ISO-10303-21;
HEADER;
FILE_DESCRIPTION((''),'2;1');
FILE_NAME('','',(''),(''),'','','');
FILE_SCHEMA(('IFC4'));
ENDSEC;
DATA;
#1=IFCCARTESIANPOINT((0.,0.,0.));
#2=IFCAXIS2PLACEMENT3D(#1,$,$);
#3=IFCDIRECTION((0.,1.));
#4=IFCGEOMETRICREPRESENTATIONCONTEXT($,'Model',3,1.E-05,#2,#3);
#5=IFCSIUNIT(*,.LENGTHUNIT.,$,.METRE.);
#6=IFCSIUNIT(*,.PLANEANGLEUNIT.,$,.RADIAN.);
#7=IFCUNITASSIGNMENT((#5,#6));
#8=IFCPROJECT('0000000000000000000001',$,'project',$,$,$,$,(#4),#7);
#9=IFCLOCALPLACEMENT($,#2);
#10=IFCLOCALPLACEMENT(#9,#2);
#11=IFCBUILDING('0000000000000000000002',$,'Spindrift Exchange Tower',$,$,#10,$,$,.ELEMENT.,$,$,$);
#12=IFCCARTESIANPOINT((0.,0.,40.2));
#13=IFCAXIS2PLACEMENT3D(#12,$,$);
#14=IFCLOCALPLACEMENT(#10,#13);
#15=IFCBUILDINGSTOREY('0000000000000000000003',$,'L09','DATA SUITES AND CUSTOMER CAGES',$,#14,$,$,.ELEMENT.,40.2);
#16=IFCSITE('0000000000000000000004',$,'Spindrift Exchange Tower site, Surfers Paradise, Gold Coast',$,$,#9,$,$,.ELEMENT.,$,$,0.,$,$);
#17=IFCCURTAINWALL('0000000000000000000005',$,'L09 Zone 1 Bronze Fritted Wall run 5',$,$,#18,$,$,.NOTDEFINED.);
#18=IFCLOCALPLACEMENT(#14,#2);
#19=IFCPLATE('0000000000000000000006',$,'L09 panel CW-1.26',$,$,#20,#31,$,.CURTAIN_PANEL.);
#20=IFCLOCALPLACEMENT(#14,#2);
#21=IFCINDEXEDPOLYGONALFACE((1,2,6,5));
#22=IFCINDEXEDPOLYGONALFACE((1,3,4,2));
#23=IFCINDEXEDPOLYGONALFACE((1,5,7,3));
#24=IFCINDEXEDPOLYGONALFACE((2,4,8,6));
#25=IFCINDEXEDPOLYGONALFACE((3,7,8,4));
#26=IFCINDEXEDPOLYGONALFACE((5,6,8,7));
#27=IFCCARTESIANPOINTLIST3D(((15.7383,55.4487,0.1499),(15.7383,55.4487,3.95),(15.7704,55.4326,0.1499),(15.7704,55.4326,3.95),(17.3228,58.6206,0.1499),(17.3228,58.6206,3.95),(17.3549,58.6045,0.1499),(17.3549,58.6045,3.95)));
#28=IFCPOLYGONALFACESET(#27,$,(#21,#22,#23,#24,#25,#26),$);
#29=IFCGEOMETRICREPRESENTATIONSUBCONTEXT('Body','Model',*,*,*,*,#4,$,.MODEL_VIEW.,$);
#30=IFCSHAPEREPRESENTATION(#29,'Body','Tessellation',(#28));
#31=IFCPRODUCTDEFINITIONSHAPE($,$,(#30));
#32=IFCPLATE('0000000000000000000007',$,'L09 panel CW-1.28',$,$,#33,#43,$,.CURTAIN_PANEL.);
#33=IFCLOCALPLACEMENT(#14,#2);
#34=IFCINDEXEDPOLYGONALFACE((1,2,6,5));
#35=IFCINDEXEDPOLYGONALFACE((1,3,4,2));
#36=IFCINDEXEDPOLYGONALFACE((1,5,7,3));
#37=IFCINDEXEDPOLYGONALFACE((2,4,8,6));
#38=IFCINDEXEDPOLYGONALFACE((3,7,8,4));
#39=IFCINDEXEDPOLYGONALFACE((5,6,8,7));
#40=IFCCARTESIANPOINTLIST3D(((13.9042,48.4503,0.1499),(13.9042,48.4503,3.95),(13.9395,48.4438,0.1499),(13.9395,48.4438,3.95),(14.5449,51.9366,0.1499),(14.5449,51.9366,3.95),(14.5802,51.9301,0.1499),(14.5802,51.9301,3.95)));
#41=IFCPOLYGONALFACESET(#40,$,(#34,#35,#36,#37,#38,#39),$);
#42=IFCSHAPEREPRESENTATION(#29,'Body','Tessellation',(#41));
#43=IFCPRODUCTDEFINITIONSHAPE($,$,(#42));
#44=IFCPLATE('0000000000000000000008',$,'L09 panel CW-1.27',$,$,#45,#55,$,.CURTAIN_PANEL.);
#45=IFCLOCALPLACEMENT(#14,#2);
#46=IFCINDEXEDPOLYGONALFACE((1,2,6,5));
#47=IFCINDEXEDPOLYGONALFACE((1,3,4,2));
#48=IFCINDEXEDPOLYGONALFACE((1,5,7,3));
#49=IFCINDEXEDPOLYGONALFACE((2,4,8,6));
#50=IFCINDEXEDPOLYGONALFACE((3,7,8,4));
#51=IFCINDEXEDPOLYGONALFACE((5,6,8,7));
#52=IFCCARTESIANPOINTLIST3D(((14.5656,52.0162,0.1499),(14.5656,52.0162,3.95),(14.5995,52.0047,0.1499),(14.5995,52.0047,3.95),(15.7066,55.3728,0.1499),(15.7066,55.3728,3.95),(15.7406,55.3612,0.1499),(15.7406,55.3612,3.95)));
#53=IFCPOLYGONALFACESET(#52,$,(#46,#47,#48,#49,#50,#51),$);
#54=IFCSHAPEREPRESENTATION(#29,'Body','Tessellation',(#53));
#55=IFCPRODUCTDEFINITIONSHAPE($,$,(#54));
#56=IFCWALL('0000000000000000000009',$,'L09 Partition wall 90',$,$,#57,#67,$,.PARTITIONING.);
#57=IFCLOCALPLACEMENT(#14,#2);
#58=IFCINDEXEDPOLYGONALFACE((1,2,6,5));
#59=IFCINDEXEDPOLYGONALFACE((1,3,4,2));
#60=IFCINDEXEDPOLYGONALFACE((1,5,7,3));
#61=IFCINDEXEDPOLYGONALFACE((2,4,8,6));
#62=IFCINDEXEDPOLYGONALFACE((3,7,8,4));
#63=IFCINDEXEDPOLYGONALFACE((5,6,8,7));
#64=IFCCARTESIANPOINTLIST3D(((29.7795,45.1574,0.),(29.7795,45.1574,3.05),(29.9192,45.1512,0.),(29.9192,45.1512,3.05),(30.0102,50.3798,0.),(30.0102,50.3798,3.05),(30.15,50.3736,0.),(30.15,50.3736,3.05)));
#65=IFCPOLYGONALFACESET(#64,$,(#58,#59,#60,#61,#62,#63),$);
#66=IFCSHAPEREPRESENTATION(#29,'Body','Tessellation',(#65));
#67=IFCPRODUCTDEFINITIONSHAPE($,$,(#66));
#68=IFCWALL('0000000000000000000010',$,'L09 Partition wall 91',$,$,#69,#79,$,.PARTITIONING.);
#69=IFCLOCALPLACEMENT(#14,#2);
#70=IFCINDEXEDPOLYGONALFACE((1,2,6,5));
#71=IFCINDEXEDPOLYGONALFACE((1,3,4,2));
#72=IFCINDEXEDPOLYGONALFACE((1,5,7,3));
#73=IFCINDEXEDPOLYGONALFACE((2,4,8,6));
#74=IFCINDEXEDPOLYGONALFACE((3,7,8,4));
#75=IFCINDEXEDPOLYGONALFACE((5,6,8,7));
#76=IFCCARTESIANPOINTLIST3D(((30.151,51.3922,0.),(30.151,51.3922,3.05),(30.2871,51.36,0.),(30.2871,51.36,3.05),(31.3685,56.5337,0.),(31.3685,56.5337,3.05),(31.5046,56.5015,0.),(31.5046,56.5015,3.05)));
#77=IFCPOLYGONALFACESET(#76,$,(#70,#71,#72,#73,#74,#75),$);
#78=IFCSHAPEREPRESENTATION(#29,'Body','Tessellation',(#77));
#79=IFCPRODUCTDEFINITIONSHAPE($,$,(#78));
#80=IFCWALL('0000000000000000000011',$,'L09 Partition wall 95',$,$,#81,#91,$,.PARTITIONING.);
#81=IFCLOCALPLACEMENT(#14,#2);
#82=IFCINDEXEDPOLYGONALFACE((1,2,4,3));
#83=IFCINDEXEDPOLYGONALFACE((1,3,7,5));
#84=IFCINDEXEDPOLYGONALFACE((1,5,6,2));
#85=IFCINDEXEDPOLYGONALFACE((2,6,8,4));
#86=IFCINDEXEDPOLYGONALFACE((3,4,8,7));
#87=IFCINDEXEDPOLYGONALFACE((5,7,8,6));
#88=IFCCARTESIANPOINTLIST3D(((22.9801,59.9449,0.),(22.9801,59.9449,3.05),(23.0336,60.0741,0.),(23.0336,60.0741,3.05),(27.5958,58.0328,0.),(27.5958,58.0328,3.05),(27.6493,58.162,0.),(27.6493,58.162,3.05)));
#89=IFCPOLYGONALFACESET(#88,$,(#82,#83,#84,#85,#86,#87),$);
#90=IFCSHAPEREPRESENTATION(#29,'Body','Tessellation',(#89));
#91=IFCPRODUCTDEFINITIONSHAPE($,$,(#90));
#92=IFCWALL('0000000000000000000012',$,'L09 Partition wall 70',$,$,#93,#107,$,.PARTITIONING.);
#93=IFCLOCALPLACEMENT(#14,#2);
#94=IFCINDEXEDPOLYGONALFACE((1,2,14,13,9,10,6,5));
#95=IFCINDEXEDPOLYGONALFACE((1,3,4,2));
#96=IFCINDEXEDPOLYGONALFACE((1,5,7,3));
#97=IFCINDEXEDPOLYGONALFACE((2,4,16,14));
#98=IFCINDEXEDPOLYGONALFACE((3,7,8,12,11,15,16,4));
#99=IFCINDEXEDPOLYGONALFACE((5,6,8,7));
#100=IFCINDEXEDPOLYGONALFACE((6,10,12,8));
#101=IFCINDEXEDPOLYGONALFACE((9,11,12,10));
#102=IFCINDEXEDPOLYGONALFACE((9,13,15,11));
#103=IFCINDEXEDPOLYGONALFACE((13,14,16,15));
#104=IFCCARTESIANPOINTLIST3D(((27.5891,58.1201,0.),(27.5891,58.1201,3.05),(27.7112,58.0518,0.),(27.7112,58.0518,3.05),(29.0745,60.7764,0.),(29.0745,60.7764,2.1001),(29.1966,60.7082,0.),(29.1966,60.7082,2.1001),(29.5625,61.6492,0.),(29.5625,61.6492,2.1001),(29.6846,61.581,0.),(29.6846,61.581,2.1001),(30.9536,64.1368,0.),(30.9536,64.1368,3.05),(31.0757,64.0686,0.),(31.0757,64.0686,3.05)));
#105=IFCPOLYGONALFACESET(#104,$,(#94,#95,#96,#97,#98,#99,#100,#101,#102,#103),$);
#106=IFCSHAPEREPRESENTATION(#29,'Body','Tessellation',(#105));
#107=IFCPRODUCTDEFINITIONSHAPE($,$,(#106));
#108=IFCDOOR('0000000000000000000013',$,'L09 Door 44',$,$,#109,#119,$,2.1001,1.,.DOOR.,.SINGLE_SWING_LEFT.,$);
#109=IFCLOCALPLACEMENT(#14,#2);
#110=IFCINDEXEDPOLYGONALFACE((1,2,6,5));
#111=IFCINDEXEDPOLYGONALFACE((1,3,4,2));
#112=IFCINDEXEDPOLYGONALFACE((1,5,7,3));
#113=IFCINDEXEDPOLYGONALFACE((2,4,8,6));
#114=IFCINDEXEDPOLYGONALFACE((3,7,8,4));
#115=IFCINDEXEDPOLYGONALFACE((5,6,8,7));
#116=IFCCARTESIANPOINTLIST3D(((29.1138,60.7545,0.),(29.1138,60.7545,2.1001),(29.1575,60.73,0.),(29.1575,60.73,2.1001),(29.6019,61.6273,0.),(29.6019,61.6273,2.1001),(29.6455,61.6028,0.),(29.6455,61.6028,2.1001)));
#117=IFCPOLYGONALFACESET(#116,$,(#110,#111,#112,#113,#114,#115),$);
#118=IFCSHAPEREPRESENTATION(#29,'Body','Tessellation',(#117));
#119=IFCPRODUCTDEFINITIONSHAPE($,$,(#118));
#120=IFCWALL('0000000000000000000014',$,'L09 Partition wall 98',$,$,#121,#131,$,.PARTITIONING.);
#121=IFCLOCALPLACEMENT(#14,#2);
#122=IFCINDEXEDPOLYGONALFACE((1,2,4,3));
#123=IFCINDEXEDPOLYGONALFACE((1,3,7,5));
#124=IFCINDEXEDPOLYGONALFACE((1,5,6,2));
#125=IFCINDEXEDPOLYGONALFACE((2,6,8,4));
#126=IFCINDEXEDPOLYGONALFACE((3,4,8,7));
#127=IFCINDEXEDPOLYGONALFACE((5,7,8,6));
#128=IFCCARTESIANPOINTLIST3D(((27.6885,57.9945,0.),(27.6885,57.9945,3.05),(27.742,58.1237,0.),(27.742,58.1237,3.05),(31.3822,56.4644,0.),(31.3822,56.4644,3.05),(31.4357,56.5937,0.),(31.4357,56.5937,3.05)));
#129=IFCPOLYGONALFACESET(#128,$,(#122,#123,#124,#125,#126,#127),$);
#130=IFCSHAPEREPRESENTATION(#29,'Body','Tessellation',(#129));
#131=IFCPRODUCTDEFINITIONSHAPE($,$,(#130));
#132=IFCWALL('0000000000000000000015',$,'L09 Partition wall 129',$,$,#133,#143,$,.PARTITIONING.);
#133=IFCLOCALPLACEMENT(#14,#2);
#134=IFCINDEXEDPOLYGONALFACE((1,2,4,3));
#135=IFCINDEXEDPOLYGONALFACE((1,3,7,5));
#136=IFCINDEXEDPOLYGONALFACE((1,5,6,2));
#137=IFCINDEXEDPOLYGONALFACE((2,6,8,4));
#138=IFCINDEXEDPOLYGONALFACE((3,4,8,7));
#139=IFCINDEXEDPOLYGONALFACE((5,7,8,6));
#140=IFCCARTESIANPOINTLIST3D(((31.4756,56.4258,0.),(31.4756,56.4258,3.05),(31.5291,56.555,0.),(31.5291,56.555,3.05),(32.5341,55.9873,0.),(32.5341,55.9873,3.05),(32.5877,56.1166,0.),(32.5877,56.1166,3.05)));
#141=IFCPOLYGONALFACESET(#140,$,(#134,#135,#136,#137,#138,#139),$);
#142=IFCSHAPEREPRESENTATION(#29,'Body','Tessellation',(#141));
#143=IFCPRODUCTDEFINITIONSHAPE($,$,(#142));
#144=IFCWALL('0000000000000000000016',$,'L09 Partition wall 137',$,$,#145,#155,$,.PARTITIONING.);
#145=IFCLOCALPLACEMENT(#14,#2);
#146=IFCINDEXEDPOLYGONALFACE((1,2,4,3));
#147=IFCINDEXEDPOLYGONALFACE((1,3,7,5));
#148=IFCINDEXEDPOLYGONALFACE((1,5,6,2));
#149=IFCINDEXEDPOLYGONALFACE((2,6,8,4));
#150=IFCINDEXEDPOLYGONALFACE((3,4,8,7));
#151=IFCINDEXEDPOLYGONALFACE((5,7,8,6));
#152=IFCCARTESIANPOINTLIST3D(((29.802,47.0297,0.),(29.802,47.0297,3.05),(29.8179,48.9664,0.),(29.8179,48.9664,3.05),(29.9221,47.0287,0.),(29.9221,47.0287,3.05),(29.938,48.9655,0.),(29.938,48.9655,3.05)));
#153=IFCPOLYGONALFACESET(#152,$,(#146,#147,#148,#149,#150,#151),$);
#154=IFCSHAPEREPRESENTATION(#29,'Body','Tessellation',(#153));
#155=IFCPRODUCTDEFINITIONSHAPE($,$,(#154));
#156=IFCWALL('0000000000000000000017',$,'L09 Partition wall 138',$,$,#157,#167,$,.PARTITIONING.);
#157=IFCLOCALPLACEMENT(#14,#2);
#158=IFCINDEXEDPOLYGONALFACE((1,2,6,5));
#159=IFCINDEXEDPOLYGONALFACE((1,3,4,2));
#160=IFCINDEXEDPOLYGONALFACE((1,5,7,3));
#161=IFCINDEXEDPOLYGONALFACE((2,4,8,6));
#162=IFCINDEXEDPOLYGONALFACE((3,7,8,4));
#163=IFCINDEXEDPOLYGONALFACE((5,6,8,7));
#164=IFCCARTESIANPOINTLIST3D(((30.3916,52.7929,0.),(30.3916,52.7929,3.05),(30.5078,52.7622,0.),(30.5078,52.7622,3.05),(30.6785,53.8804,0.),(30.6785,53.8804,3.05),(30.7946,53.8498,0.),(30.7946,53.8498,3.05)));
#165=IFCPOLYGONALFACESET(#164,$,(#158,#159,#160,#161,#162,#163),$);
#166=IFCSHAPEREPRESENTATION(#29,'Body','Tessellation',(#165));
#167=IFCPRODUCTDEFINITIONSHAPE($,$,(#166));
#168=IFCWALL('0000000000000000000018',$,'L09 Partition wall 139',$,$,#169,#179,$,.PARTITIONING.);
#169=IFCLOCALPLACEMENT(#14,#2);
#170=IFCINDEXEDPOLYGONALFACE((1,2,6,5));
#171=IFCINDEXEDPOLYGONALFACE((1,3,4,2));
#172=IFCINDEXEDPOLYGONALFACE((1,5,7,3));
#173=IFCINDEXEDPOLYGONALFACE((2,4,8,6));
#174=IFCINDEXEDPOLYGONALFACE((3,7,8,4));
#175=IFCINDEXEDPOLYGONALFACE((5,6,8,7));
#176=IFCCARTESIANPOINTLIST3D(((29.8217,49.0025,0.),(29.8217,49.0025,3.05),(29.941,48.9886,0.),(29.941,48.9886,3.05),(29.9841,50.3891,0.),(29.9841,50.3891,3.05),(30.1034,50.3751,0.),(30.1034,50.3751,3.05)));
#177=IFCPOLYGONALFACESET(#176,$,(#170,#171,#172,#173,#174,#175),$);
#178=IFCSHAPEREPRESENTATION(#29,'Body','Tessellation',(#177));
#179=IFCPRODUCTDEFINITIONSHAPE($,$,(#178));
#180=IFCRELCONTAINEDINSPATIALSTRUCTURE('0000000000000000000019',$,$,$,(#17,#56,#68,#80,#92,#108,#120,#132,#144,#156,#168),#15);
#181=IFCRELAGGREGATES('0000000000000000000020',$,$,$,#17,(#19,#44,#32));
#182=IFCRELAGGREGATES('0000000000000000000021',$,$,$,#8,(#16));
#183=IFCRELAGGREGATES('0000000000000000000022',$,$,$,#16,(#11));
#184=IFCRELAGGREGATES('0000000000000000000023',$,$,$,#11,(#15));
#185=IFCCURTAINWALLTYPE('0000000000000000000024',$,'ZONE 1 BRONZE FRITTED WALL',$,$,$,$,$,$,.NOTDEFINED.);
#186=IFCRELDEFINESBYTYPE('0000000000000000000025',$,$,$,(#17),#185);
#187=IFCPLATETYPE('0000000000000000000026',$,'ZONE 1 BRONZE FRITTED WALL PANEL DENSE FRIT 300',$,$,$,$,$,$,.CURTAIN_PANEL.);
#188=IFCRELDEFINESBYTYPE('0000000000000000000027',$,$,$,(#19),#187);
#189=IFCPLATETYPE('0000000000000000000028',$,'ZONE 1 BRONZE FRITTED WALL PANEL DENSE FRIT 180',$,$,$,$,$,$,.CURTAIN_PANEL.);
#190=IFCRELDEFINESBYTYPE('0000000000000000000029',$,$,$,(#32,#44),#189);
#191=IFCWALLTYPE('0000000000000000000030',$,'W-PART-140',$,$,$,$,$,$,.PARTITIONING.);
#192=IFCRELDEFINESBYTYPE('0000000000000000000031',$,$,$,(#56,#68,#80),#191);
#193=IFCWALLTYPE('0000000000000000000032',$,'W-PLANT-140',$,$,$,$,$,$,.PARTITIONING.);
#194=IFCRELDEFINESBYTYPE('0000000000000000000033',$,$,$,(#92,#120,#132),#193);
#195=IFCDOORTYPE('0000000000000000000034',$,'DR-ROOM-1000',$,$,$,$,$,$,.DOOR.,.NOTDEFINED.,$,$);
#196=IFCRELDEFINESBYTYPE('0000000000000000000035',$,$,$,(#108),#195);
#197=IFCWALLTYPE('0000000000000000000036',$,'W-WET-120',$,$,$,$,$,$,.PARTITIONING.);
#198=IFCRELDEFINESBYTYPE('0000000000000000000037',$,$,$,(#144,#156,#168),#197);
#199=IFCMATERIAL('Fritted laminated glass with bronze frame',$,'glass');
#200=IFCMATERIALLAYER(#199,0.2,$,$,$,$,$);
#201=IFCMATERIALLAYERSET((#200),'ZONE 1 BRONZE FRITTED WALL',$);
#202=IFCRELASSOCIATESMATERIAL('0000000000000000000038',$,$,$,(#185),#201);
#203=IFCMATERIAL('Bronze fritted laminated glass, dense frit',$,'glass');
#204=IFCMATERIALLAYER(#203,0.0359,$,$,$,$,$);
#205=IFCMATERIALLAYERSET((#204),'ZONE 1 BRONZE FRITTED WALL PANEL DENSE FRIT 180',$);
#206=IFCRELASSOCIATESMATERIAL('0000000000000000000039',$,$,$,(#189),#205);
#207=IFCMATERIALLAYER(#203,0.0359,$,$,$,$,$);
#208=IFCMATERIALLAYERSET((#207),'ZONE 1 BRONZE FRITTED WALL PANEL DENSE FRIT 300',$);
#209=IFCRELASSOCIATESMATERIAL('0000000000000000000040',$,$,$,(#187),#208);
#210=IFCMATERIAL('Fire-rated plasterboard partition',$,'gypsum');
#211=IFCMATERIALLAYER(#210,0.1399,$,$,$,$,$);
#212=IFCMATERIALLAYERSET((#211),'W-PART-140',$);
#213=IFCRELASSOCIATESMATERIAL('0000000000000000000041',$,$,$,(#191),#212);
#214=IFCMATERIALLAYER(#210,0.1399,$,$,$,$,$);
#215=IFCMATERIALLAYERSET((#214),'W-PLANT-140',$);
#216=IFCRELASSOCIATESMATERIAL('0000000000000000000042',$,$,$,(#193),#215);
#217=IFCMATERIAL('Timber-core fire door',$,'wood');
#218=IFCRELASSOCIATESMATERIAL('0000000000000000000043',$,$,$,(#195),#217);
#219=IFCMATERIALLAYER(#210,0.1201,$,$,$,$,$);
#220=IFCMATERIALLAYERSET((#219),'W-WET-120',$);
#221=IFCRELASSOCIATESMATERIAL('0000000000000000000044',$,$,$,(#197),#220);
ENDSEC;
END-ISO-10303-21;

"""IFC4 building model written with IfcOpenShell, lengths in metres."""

from ifc_helpers import new_model, si_unit, direction, frame, frame_2d, origin, origin_2d, place, context, subcontext, project, spatial, rectangle, extrude, source, transform, mapped, material, layer, layer_set, type_object, element, fill, aggregate, save


model = new_model("IFC4")

# Units and contexts
model_context = context("Model", 3, precision=1e-05, world=origin(), true_north=direction((0.0, 1.0)))
body_context = subcontext(model_context, "Body", "Model", "MODEL_VIEW")
ifc_project = project(units=[si_unit("LENGTHUNIT", "METRE"), si_unit("PLANEANGLEUNIT", "RADIAN")], contexts=[model_context])

# Site, building, storey
site_placement = place(None, origin())
site = spatial("IfcSite", under=ifc_project, at=site_placement, Name="Spindrift Exchange Tower site, Surfers Paradise, Gold Coast", CompositionType="ELEMENT", RefElevation=0.0)
building_placement = place(site_placement, origin())
building = spatial("IfcBuilding", under=site, at=building_placement, Name="Spindrift Exchange Tower", CompositionType="ELEMENT")
storey_placement = place(building_placement, frame((0.0, 0.0, 40.2)))
storey = spatial("IfcBuildingStorey", under=building, at=storey_placement, Name="L09", Description="DATA SUITES AND CUSTOMER CAGES", CompositionType="ELEMENT", Elevation=40.2)

# Curtain wall, plates
ifc_material_1 = material(Name="Fritted laminated glass with bronze frame", Category="glass")
ifc_layer_1 = layer(ifc_material_1, 0.2)
ifc_layer_set_1 = layer_set([ifc_layer_1], Name="ZONE 1 BRONZE FRITTED WALL")
curtain_wall_type = type_object("IfcCurtainWallType", Name="ZONE 1 BRONZE FRITTED WALL", PredefinedType="NOTDEFINED", material=ifc_layer_set_1)
curtain_wall_placement = place(storey_placement, origin())
curtain_wall = element("IfcCurtainWall", 1, at=curtain_wall_placement, inside=storey, type_object=curtain_wall_type, Name="L09 Zone 1 Bronze Fritted Wall run 5", PredefinedType="NOTDEFINED")
ifc_material_2 = material(Name="Bronze fritted laminated glass, dense frit", Category="glass")
ifc_layer_2 = layer(ifc_material_2, 0.0359)
ifc_layer_set_2 = layer_set([ifc_layer_2], Name="ZONE 1 BRONZE FRITTED WALL PANEL DENSE FRIT 180")
plate_type_1 = type_object("IfcPlateType", Name="ZONE 1 BRONZE FRITTED WALL PANEL DENSE FRIT 180", PredefinedType="CURTAIN_PANEL", material=ifc_layer_set_2)
ifc_layer_3 = layer(ifc_material_2, 0.0359)
ifc_layer_set_3 = layer_set([ifc_layer_3], Name="ZONE 1 BRONZE FRITTED WALL PANEL DENSE FRIT 300")
plate_type_2 = type_object("IfcPlateType", Name="ZONE 1 BRONZE FRITTED WALL PANEL DENSE FRIT 300", PredefinedType="CURTAIN_PANEL", material=ifc_layer_set_3)
shared_shape_1 = source(origin(), body_context, "Body", "SweptSolid", [
    extrude(rectangle(XDim=3.5457, YDim=0.0359, at=origin_2d()), origin(), (0.0, 0.0, 1.0), 3.8),
])
plate_1_placement = place(storey_placement, frame((16.5466, 57.0266, 0.1499), z_axis=(0.0, 0.0, 1.0), x_axis=(-0.446894, -0.894587, 0.0)))
plate_1 = element("IfcPlate", 2, at=plate_1_placement, type_object=plate_type_2, Name="L09 panel CW-1.26", PredefinedType="CURTAIN_PANEL", context=body_context, shape_type="MappedRepresentation", body=[
    mapped(shared_shape_1, transform((0.0, 0.0, 0.0), scale=1.0)),
])
shared_shape_2 = source(origin(), body_context, "Body", "SweptSolid", [
    extrude(rectangle(XDim=3.5447, YDim=0.0359, at=origin_2d()), origin(), (0.0, 0.0, 1.0), 3.8),
])
plate_2_placement = place(storey_placement, frame((14.2422, 50.1902, 0.1499), z_axis=(0.0, 0.0, 1.0), x_axis=(-0.180759, -0.983527, 0.0)))
plate_2 = element("IfcPlate", 3, at=plate_2_placement, type_object=plate_type_1, Name="L09 panel CW-1.28", PredefinedType="CURTAIN_PANEL", context=body_context, shape_type="MappedRepresentation", body=[
    mapped(shared_shape_2, transform((0.0, 0.0, 0.0), scale=1.0)),
])
shared_shape_3 = source(origin(), body_context, "Body", "SweptSolid", [
    extrude(rectangle(XDim=3.5452, YDim=0.0359, at=origin_2d()), origin(), (0.0, 0.0, 1.0), 3.8),
])
plate_3_placement = place(storey_placement, frame((15.1531, 53.6887, 0.1499), z_axis=(0.0, 0.0, 1.0), x_axis=(-0.321858, -0.946788, 0.0)))
plate_3 = element("IfcPlate", 4, at=plate_3_placement, type_object=plate_type_1, Name="L09 panel CW-1.27", PredefinedType="CURTAIN_PANEL", context=body_context, shape_type="MappedRepresentation", body=[
    mapped(shared_shape_3, transform((0.0, 0.0, 0.0), scale=1.0)),
])
aggregate(curtain_wall, [plate_1, plate_3, plate_2])

# Walls
ifc_material_3 = material(Name="Fire-rated plasterboard partition", Category="gypsum")
ifc_layer_4 = layer(ifc_material_3, 0.1399)
ifc_layer_set_4 = layer_set([ifc_layer_4], Name="W-PART-140")
wall_type_1 = type_object("IfcWallType", Name="W-PART-140", PredefinedType="PARTITIONING", material=ifc_layer_set_4)
wall_1_placement = place(storey_placement, frame((30.0801, 50.3767, 0.0), z_axis=(0.0, 0.0, 1.0), x_axis=(-0.044134, -0.999026, 0.0)))
element("IfcWall", 5, at=wall_1_placement, inside=storey, type_object=wall_type_1, Name="L09 Partition wall 90", PredefinedType="PARTITIONING", context=body_context, shape_type="SweptSolid", body=[
    extrude(rectangle(XDim=5.2275, YDim=0.1399, at=frame_2d((2.6138, 0.0))), origin(), (0.0, 0.0, 1.0), 3.05),
])
wall_2_placement = place(storey_placement, frame((31.4365, 56.5176, 0.0), z_axis=(0.0, 0.0, 1.0), x_axis=(-0.230427, -0.97309, 0.0)))
element("IfcWall", 6, at=wall_2_placement, inside=storey, type_object=wall_type_1, Name="L09 Partition wall 91", PredefinedType="PARTITIONING", context=body_context, shape_type="SweptSolid", body=[
    extrude(rectangle(XDim=5.2837, YDim=0.1399, at=frame_2d((2.6418, 0.0))), origin(), (0.0, 0.0, 1.0), 3.05),
])
wall_3_placement = place(storey_placement, frame((27.6226, 58.0974, 0.0), z_axis=(0.0, 0.0, 1.0), x_axis=(-0.923864, 0.38272, 0.0)))
element("IfcWall", 7, at=wall_3_placement, inside=storey, type_object=wall_type_1, Name="L09 Partition wall 95", PredefinedType="PARTITIONING", context=body_context, shape_type="SweptSolid", body=[
    extrude(rectangle(XDim=4.9961, YDim=0.1399, at=frame_2d((2.498, 0.0))), origin(), (0.0, 0.0, 1.0), 3.05),
])

# Wall, opening, door
ifc_layer_5 = layer(ifc_material_3, 0.1399)
ifc_layer_set_5 = layer_set([ifc_layer_5], Name="W-PLANT-140")
wall_type_2 = type_object("IfcWallType", Name="W-PLANT-140", PredefinedType="PARTITIONING", material=ifc_layer_set_5)
wall_4_placement = place(storey_placement, frame((27.6501, 58.0859, 0.0), z_axis=(0.0, 0.0, 1.0), x_axis=(0.488059, 0.872811, 0.0)))
wall_4 = element("IfcWall", 8, at=wall_4_placement, inside=storey, type_object=wall_type_2, Name="L09 Partition wall 70", PredefinedType="PARTITIONING", context=body_context, shape_type="SweptSolid", body=[
    extrude(rectangle(XDim=6.8936, YDim=0.1399, at=frame_2d((3.4468, 0.0))), origin(), (0.0, 0.0, 1.0), 3.05),
])
opening_placement = place(wall_4_placement, frame((3.0435, 0.0, 0.0)))
opening = element("IfcOpeningElement", 9, at=opening_placement, cuts=wall_4, PredefinedType="OPENING", context=body_context, shape_type="SweptSolid", body=[
    extrude(rectangle(XDim=1.0, YDim=2.1001, at=frame_2d((0.5, 1.05))), frame((0.0, 0.0798, 0.0), z_axis=(0.0, -1.0, 0.0), x_axis=(1.0, 0.0, 0.0)), (0.0, 0.0, 1.0), 0.1599),
])
ifc_material_4 = material(Name="Timber-core fire door", Category="wood")
door_type = type_object("IfcDoorType", Name="DR-ROOM-1000", OperationType="NOTDEFINED", PredefinedType="DOOR", material=ifc_material_4)
shared_shape_4 = source(origin(), body_context, "Body", "SweptSolid", [
    extrude(rectangle(XDim=1.0, YDim=2.1001, at=frame_2d((0.5, 1.05))), frame((0.0, 0.0249, 0.0), z_axis=(0.0, -1.0, 0.0), x_axis=(1.0, 0.0, 0.0)), (0.0, 0.0, 1.0), 0.05),
])
door_placement = place(opening_placement, origin())
door = element("IfcDoor", 10, at=door_placement, inside=storey, type_object=door_type, Name="L09 Door 44", OperationType="SINGLE_SWING_LEFT", OverallHeight=2.1001, OverallWidth=1.0, PredefinedType="DOOR", context=body_context, shape_type="MappedRepresentation", body=[
    mapped(shared_shape_4, transform((0.0, 0.0, 0.0), scale=1.0)),
])
fill(opening, door)

# Walls
wall_5_placement = place(storey_placement, frame((31.4089, 56.5291, 0.0), z_axis=(0.0, 0.0, 1.0), x_axis=(-0.923872, 0.382702, 0.0)))
element("IfcWall", 11, at=wall_5_placement, inside=storey, type_object=wall_type_2, Name="L09 Partition wall 98", PredefinedType="PARTITIONING", context=body_context, shape_type="SweptSolid", body=[
    extrude(rectangle(XDim=3.998, YDim=0.1399, at=frame_2d((1.999, 0.0))), origin(), (0.0, 0.0, 1.0), 3.05),
])
wall_6_placement = place(storey_placement, frame((32.5608, 56.052, 0.0), z_axis=(0.0, 0.0, 1.0), x_axis=(-0.923882, 0.382678, 0.0)))
element("IfcWall", 12, at=wall_6_placement, inside=storey, type_object=wall_type_2, Name="L09 Partition wall 129", PredefinedType="PARTITIONING", context=body_context, shape_type="SweptSolid", body=[
    extrude(rectangle(XDim=1.1458, YDim=0.1399, at=frame_2d((0.5728, 0.0))), origin(), (0.0, 0.0, 1.0), 3.05),
])
ifc_layer_6 = layer(ifc_material_3, 0.1201)
ifc_layer_set_6 = layer_set([ifc_layer_6], Name="W-WET-120")
wall_type_3 = type_object("IfcWallType", Name="W-WET-120", PredefinedType="PARTITIONING", material=ifc_layer_set_6)
wall_7_placement = place(storey_placement, frame((29.8779, 48.9658, 0.0), z_axis=(0.0, 0.0, 1.0), x_axis=(-0.008193, -0.999966, 0.0)))
element("IfcWall", 13, at=wall_7_placement, inside=storey, type_object=wall_type_3, Name="L09 Partition wall 137", PredefinedType="PARTITIONING", context=body_context, shape_type="SweptSolid", body=[
    extrude(rectangle(XDim=1.9368, YDim=0.1201, at=frame_2d((0.9683, 0.0))), origin(), (0.0, 0.0, 1.0), 3.05),
])
wall_8_placement = place(storey_placement, frame((30.7366, 53.8652, 0.0), z_axis=(0.0, 0.0, 1.0), x_axis=(-0.255027, -0.966934, 0.0)))
element("IfcWall", 14, at=wall_8_placement, inside=storey, type_object=wall_type_3, Name="L09 Partition wall 138", PredefinedType="PARTITIONING", context=body_context, shape_type="SweptSolid", body=[
    extrude(rectangle(XDim=1.1248, YDim=0.1201, at=frame_2d((0.5625, 0.0))), origin(), (0.0, 0.0, 1.0), 3.05),
])
wall_9_placement = place(storey_placement, frame((30.0437, 50.3821, 0.0), z_axis=(0.0, 0.0, 1.0), x_axis=(-0.116303, -0.993214, 0.0)))
element("IfcWall", 15, at=wall_9_placement, inside=storey, type_object=wall_type_3, Name="L09 Partition wall 139", PredefinedType="PARTITIONING", context=body_context, shape_type="SweptSolid", body=[
    extrude(rectangle(XDim=1.396, YDim=0.1201, at=frame_2d((0.698, 0.0))), origin(), (0.0, 0.0, 1.0), 3.05),
])

save(model, "model.ifc")
